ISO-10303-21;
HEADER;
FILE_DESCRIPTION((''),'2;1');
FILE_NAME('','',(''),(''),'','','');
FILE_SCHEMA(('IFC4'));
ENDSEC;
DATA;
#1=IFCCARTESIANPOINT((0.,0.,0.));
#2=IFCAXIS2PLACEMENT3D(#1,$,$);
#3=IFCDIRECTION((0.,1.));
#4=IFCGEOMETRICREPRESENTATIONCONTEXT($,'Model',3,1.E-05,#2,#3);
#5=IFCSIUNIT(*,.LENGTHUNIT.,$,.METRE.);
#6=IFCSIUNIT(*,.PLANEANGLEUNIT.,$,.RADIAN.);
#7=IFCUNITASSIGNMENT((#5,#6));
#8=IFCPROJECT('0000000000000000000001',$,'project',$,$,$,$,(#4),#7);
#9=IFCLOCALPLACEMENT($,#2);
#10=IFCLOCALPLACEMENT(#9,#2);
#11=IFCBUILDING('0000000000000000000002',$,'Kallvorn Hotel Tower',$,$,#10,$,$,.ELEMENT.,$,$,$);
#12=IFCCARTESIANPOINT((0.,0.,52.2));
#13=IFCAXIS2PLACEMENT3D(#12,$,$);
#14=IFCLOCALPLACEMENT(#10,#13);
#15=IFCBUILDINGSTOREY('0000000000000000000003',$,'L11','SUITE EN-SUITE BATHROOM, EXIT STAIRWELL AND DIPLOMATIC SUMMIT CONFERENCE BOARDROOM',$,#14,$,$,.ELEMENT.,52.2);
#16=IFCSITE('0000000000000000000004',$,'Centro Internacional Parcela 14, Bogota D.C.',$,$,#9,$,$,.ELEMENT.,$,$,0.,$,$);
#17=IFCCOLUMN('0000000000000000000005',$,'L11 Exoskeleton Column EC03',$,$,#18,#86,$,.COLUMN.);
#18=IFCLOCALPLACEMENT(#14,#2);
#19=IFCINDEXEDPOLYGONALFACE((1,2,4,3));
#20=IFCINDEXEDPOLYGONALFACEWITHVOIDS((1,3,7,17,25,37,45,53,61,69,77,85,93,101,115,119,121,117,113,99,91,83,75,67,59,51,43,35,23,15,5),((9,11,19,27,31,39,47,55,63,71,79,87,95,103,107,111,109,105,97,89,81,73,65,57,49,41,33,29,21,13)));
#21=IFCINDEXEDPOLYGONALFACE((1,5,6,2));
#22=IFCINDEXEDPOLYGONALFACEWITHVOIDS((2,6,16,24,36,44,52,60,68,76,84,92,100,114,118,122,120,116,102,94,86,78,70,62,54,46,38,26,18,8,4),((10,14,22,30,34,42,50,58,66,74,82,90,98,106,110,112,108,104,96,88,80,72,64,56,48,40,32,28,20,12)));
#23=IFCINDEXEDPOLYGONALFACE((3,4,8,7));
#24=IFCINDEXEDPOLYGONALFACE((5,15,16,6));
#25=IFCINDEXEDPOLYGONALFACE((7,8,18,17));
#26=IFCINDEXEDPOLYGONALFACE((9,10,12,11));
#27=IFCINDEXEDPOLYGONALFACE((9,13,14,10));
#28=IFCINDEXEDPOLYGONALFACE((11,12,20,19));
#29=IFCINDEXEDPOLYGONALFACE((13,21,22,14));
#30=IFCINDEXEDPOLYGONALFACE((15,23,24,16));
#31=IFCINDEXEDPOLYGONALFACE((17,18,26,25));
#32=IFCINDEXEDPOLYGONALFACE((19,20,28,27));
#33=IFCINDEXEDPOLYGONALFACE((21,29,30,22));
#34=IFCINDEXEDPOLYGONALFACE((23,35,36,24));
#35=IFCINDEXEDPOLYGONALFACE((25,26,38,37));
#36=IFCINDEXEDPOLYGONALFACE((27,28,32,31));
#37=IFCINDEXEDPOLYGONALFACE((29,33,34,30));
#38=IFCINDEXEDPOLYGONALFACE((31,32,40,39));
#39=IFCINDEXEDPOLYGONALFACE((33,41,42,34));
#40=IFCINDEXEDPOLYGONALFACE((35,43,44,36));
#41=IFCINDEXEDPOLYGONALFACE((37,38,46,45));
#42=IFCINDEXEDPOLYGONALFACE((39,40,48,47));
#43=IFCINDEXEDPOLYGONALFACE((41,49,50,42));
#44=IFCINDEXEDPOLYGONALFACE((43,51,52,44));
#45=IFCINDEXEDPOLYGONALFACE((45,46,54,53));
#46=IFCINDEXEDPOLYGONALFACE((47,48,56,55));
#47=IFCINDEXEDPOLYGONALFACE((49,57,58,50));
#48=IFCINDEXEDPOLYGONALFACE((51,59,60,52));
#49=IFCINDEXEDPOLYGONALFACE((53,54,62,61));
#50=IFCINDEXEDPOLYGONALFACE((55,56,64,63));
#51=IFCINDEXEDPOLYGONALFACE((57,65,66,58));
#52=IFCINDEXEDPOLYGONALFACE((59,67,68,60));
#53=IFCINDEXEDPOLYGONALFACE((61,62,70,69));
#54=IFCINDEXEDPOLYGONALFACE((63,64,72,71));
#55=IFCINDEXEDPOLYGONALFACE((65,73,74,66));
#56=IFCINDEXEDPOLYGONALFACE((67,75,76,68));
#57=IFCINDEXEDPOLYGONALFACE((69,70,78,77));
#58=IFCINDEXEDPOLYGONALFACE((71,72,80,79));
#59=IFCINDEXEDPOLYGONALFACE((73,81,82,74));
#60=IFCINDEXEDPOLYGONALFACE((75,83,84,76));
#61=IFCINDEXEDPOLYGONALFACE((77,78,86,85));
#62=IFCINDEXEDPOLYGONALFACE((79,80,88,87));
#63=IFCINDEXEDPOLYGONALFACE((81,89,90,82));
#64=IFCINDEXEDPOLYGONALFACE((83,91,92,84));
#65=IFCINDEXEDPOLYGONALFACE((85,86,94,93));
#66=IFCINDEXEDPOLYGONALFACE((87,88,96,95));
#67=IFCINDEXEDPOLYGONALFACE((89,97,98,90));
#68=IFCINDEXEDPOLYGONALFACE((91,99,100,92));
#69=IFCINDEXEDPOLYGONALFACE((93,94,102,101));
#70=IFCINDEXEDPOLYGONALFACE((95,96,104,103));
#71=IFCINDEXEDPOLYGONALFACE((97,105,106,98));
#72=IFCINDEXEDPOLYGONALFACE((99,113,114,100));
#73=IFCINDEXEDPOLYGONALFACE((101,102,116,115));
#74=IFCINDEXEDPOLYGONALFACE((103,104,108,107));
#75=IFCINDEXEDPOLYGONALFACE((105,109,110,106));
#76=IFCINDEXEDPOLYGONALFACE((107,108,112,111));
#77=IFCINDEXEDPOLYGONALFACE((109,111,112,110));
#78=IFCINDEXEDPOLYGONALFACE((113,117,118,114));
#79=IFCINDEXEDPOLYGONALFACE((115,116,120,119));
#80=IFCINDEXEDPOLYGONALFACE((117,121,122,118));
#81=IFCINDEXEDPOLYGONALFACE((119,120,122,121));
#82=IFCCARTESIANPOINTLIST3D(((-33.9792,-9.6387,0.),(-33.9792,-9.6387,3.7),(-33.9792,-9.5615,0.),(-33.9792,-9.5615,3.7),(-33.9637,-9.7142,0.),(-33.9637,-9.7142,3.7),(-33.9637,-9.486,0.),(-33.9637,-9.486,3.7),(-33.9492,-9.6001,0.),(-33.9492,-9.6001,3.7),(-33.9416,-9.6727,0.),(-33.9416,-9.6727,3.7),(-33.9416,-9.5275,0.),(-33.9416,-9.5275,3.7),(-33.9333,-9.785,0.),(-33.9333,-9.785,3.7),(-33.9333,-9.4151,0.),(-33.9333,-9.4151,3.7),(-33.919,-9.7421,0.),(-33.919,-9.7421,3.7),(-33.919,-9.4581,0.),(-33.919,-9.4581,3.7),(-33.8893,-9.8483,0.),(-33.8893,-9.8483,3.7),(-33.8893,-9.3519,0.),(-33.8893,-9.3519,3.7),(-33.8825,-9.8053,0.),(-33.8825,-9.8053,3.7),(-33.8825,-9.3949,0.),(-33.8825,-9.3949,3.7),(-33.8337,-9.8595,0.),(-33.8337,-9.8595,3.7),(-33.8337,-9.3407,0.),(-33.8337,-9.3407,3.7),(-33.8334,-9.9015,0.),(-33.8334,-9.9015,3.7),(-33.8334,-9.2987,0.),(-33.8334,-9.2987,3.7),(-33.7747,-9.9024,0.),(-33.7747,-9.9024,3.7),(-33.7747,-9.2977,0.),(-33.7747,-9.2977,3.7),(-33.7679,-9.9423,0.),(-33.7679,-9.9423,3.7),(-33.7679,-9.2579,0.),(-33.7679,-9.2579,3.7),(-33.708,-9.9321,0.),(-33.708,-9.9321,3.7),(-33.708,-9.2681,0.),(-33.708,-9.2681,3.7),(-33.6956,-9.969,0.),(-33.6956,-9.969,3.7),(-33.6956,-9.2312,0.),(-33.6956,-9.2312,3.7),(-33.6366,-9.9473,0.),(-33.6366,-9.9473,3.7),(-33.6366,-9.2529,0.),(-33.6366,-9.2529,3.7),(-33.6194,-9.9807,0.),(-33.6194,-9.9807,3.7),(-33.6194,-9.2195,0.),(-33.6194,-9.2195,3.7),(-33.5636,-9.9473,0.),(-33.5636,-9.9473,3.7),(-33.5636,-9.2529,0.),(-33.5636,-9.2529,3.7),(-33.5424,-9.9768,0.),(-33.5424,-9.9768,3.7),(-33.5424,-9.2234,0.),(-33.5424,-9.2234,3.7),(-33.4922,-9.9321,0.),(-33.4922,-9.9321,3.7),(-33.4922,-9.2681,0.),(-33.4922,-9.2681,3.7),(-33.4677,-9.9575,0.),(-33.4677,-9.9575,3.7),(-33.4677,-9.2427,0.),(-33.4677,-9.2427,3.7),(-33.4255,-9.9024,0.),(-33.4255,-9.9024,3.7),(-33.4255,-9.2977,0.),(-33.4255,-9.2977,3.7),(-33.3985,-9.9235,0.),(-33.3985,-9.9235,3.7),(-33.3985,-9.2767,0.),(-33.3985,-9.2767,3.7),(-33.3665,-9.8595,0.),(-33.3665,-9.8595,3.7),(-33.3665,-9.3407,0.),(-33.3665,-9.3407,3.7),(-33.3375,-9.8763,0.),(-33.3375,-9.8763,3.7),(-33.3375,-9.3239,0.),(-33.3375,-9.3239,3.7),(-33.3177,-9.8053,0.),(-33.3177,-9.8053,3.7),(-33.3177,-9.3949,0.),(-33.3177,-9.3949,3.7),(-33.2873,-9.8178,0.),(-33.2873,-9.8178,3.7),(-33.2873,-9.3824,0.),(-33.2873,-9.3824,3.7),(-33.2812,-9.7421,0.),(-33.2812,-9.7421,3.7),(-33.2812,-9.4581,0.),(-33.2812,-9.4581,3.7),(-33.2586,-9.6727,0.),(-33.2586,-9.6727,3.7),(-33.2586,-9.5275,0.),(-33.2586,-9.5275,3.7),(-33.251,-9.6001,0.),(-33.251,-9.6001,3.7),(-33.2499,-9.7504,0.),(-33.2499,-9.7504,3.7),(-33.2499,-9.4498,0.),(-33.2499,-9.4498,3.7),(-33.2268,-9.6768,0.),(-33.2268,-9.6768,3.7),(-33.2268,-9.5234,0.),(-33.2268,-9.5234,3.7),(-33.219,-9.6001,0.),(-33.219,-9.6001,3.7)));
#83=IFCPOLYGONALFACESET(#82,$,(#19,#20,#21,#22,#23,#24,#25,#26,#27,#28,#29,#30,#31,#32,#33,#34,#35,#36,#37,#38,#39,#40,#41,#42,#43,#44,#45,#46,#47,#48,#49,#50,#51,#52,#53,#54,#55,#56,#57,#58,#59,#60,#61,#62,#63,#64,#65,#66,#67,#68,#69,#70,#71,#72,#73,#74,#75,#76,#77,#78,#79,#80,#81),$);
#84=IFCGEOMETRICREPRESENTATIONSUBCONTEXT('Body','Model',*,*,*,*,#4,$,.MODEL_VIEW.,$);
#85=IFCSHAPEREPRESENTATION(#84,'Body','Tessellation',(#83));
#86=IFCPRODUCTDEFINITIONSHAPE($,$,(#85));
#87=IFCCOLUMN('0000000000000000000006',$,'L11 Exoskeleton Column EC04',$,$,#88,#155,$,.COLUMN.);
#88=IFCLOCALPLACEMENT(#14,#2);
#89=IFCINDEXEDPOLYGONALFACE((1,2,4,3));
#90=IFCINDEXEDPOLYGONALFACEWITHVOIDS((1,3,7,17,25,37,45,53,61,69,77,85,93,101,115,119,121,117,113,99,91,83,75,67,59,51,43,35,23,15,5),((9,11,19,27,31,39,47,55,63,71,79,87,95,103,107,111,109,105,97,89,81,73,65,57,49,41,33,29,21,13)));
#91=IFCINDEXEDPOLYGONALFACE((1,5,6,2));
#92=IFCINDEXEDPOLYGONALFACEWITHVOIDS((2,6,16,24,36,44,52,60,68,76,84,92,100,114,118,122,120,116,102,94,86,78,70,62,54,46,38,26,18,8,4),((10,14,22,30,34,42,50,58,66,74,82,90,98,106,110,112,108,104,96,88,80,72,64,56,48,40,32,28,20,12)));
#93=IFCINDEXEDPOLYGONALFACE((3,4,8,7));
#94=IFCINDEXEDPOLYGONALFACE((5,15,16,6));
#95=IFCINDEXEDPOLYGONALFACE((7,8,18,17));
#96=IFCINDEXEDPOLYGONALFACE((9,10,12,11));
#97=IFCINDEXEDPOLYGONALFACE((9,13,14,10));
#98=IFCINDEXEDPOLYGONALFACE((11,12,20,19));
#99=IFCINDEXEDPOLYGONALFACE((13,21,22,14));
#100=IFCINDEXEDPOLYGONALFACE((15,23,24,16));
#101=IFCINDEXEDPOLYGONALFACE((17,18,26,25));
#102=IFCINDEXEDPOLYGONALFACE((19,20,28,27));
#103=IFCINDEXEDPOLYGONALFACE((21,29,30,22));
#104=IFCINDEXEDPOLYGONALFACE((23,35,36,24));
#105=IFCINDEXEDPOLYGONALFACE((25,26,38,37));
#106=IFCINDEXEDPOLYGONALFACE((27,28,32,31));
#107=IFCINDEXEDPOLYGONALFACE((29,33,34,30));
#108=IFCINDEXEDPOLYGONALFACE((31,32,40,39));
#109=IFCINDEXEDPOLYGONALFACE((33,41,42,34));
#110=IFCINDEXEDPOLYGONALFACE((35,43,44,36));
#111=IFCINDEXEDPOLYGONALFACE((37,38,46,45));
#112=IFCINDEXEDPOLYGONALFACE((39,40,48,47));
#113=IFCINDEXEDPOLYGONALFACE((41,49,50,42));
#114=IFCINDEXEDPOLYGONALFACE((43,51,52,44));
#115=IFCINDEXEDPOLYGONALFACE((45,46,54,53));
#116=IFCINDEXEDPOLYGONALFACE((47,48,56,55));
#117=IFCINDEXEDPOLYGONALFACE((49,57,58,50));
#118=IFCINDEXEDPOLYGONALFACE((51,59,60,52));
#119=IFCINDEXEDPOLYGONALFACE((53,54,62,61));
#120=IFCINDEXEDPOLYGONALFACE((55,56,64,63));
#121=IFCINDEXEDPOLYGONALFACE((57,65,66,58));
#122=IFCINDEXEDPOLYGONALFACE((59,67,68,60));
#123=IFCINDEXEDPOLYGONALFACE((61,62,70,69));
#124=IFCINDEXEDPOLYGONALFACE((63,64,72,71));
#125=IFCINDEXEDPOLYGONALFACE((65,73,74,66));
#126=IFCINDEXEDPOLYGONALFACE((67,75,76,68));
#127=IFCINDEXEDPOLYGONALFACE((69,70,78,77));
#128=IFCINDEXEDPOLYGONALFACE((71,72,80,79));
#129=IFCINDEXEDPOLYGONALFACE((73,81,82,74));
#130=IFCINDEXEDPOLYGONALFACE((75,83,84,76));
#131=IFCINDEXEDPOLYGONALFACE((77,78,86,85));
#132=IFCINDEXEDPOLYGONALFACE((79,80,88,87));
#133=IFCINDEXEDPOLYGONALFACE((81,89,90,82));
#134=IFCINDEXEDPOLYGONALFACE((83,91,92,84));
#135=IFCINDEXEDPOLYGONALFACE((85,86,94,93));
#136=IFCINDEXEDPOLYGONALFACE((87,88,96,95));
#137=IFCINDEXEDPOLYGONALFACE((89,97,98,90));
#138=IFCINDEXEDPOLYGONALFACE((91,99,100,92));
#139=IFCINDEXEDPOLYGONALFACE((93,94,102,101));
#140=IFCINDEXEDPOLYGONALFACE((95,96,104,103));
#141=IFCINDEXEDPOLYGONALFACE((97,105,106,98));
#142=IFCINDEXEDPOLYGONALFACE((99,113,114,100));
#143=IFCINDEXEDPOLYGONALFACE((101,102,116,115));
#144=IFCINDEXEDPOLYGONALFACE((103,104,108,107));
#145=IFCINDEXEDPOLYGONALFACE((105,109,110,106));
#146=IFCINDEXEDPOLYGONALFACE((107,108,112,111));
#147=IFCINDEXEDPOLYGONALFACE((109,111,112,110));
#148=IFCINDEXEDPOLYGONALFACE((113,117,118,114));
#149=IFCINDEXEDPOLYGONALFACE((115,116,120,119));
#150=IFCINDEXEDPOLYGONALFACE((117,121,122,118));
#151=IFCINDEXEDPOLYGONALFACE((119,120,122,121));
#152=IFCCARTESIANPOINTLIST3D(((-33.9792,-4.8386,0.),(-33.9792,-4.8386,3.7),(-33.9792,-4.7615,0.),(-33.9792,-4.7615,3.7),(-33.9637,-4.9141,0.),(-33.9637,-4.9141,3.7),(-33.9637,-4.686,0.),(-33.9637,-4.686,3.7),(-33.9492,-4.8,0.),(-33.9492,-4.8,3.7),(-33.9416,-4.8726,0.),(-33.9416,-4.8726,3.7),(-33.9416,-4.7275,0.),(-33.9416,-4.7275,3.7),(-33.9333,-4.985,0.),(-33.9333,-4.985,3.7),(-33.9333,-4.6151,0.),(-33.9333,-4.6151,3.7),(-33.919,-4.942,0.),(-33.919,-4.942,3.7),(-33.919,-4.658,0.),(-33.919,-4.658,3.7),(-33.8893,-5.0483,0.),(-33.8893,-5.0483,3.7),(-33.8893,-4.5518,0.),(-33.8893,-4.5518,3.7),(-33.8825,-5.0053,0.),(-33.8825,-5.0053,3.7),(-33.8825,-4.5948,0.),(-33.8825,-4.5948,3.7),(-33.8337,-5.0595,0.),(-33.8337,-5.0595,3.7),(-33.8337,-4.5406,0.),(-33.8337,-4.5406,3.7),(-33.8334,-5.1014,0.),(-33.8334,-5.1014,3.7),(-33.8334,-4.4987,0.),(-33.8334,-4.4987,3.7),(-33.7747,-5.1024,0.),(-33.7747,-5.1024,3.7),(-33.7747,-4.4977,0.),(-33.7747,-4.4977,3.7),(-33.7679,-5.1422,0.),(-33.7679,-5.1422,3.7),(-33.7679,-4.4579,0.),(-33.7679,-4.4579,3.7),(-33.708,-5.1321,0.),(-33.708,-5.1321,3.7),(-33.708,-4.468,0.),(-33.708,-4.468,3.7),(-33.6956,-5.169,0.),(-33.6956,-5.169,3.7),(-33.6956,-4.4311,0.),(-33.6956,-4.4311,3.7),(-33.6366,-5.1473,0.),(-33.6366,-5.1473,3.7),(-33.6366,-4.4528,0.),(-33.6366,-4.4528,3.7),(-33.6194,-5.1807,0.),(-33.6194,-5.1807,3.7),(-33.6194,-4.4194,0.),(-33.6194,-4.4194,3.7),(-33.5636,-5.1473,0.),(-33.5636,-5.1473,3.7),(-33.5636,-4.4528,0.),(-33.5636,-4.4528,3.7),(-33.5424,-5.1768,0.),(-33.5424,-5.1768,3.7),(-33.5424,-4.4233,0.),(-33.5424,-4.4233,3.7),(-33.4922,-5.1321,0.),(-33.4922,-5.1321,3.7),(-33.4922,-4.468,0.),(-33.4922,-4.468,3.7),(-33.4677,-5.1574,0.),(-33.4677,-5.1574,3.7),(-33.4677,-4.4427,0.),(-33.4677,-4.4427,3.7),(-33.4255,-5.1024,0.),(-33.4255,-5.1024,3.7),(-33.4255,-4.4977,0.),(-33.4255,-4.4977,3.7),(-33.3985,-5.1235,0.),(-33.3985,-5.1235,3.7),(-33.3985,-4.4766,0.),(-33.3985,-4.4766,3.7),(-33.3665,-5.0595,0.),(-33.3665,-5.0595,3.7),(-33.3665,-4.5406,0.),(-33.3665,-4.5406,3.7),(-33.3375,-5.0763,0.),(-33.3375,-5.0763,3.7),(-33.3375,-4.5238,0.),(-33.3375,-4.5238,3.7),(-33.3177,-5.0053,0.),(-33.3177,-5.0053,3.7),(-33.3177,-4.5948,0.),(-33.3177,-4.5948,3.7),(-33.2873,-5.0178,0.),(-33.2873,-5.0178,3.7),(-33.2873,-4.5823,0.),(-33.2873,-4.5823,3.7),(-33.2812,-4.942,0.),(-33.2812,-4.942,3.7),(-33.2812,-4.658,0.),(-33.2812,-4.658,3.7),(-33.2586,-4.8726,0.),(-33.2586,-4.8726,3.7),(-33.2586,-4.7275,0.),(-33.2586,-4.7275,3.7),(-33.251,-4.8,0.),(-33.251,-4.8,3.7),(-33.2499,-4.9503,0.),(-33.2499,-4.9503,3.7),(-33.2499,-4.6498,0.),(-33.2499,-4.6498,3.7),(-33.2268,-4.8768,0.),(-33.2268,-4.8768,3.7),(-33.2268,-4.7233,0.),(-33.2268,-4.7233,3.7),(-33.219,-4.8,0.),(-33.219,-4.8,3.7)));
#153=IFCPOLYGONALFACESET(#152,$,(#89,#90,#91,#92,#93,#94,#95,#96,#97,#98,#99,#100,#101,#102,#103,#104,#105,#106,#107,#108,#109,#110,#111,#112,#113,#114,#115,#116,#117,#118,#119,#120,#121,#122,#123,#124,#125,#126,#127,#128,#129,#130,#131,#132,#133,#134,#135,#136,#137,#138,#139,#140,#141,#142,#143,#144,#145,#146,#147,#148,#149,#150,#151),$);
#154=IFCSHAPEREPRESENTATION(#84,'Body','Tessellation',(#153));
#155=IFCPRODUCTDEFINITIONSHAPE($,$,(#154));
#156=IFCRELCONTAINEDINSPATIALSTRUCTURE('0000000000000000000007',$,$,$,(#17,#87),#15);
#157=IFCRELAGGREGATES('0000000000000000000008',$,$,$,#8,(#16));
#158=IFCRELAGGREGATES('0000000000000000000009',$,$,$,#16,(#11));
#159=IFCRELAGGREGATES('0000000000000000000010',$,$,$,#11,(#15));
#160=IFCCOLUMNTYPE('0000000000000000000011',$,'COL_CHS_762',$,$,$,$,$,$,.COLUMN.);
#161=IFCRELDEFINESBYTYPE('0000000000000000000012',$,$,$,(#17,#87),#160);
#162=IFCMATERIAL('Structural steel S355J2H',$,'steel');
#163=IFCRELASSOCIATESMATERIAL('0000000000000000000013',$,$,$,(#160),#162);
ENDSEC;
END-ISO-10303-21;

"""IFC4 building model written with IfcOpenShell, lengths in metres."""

from ifc_helpers import new_model, si_unit, direction, frame, origin, origin_2d, place, context, subcontext, project, spatial, hollow_circle, extrude, material, material_profile, profile_set, type_object, element, save


model = new_model("IFC4")

# Units and contexts
model_context = context("Model", 3, precision=1e-05, world=origin(), true_north=direction((0.0, 1.0)))
body_context = subcontext(model_context, "Body", "Model", "MODEL_VIEW")
ifc_project = project(units=[si_unit("LENGTHUNIT", "METRE"), si_unit("PLANEANGLEUNIT", "RADIAN")], contexts=[model_context])

# Site, building, storey
site_placement = place(None, origin())
site = spatial("IfcSite", under=ifc_project, at=site_placement, Name="Centro Internacional Parcela 14, Bogota D.C.", CompositionType="ELEMENT", RefElevation=0.0)
building_placement = place(site_placement, origin())
building = spatial("IfcBuilding", under=site, at=building_placement, Name="Kallvorn Hotel Tower", CompositionType="ELEMENT")
storey_placement = place(building_placement, frame((0.0, 0.0, 52.2)))
storey = spatial("IfcBuildingStorey", under=building, at=storey_placement, Name="L11", Description="SUITE EN-SUITE BATHROOM, EXIT STAIRWELL AND DIPLOMATIC SUMMIT CONFERENCE BOARDROOM", CompositionType="ELEMENT", Elevation=52.2)

# Columns
ifc_material_1 = material(Name="Structural steel S355J2H", Category="steel")
ifc_material_profile_1 = material_profile(ifc_material_1, hollow_circle(Radius=0.3811, WallThickness=0.032, at=origin_2d()), Name="CHS 762x32")
ifc_profile_set_1 = profile_set([ifc_material_profile_1], Name="Structural steel S355J2H")
column_type = type_object("IfcColumnType", Name="COL_CHS_762", PredefinedType="COLUMN", material=ifc_profile_set_1)
for number, where, z_axis, x_axis, name in (
    (1, (-33.6001, -9.6001, 0.0), (0.0, 0.0, 1.0), (1.0, 0.0, 0.0), "L11 Exoskeleton Column EC03"),
    (2, (-33.6001, -4.8, 0.0), (0.0, 0.0, 1.0), (1.0, 0.0, 0.0), "L11 Exoskeleton Column EC04"),
):
    element("IfcColumn", number, at=place(storey_placement, frame(where, z_axis=z_axis, x_axis=x_axis)), inside=storey, type_object=column_type, Name=name, PredefinedType="COLUMN", context=body_context, shape_type="SweptSolid", body=[
        extrude(hollow_circle(Radius=0.3811, WallThickness=0.032, at=origin_2d()), origin(), (0.0, 0.0, 1.0), 3.7),
    ])

save(model, "model.ifc")
